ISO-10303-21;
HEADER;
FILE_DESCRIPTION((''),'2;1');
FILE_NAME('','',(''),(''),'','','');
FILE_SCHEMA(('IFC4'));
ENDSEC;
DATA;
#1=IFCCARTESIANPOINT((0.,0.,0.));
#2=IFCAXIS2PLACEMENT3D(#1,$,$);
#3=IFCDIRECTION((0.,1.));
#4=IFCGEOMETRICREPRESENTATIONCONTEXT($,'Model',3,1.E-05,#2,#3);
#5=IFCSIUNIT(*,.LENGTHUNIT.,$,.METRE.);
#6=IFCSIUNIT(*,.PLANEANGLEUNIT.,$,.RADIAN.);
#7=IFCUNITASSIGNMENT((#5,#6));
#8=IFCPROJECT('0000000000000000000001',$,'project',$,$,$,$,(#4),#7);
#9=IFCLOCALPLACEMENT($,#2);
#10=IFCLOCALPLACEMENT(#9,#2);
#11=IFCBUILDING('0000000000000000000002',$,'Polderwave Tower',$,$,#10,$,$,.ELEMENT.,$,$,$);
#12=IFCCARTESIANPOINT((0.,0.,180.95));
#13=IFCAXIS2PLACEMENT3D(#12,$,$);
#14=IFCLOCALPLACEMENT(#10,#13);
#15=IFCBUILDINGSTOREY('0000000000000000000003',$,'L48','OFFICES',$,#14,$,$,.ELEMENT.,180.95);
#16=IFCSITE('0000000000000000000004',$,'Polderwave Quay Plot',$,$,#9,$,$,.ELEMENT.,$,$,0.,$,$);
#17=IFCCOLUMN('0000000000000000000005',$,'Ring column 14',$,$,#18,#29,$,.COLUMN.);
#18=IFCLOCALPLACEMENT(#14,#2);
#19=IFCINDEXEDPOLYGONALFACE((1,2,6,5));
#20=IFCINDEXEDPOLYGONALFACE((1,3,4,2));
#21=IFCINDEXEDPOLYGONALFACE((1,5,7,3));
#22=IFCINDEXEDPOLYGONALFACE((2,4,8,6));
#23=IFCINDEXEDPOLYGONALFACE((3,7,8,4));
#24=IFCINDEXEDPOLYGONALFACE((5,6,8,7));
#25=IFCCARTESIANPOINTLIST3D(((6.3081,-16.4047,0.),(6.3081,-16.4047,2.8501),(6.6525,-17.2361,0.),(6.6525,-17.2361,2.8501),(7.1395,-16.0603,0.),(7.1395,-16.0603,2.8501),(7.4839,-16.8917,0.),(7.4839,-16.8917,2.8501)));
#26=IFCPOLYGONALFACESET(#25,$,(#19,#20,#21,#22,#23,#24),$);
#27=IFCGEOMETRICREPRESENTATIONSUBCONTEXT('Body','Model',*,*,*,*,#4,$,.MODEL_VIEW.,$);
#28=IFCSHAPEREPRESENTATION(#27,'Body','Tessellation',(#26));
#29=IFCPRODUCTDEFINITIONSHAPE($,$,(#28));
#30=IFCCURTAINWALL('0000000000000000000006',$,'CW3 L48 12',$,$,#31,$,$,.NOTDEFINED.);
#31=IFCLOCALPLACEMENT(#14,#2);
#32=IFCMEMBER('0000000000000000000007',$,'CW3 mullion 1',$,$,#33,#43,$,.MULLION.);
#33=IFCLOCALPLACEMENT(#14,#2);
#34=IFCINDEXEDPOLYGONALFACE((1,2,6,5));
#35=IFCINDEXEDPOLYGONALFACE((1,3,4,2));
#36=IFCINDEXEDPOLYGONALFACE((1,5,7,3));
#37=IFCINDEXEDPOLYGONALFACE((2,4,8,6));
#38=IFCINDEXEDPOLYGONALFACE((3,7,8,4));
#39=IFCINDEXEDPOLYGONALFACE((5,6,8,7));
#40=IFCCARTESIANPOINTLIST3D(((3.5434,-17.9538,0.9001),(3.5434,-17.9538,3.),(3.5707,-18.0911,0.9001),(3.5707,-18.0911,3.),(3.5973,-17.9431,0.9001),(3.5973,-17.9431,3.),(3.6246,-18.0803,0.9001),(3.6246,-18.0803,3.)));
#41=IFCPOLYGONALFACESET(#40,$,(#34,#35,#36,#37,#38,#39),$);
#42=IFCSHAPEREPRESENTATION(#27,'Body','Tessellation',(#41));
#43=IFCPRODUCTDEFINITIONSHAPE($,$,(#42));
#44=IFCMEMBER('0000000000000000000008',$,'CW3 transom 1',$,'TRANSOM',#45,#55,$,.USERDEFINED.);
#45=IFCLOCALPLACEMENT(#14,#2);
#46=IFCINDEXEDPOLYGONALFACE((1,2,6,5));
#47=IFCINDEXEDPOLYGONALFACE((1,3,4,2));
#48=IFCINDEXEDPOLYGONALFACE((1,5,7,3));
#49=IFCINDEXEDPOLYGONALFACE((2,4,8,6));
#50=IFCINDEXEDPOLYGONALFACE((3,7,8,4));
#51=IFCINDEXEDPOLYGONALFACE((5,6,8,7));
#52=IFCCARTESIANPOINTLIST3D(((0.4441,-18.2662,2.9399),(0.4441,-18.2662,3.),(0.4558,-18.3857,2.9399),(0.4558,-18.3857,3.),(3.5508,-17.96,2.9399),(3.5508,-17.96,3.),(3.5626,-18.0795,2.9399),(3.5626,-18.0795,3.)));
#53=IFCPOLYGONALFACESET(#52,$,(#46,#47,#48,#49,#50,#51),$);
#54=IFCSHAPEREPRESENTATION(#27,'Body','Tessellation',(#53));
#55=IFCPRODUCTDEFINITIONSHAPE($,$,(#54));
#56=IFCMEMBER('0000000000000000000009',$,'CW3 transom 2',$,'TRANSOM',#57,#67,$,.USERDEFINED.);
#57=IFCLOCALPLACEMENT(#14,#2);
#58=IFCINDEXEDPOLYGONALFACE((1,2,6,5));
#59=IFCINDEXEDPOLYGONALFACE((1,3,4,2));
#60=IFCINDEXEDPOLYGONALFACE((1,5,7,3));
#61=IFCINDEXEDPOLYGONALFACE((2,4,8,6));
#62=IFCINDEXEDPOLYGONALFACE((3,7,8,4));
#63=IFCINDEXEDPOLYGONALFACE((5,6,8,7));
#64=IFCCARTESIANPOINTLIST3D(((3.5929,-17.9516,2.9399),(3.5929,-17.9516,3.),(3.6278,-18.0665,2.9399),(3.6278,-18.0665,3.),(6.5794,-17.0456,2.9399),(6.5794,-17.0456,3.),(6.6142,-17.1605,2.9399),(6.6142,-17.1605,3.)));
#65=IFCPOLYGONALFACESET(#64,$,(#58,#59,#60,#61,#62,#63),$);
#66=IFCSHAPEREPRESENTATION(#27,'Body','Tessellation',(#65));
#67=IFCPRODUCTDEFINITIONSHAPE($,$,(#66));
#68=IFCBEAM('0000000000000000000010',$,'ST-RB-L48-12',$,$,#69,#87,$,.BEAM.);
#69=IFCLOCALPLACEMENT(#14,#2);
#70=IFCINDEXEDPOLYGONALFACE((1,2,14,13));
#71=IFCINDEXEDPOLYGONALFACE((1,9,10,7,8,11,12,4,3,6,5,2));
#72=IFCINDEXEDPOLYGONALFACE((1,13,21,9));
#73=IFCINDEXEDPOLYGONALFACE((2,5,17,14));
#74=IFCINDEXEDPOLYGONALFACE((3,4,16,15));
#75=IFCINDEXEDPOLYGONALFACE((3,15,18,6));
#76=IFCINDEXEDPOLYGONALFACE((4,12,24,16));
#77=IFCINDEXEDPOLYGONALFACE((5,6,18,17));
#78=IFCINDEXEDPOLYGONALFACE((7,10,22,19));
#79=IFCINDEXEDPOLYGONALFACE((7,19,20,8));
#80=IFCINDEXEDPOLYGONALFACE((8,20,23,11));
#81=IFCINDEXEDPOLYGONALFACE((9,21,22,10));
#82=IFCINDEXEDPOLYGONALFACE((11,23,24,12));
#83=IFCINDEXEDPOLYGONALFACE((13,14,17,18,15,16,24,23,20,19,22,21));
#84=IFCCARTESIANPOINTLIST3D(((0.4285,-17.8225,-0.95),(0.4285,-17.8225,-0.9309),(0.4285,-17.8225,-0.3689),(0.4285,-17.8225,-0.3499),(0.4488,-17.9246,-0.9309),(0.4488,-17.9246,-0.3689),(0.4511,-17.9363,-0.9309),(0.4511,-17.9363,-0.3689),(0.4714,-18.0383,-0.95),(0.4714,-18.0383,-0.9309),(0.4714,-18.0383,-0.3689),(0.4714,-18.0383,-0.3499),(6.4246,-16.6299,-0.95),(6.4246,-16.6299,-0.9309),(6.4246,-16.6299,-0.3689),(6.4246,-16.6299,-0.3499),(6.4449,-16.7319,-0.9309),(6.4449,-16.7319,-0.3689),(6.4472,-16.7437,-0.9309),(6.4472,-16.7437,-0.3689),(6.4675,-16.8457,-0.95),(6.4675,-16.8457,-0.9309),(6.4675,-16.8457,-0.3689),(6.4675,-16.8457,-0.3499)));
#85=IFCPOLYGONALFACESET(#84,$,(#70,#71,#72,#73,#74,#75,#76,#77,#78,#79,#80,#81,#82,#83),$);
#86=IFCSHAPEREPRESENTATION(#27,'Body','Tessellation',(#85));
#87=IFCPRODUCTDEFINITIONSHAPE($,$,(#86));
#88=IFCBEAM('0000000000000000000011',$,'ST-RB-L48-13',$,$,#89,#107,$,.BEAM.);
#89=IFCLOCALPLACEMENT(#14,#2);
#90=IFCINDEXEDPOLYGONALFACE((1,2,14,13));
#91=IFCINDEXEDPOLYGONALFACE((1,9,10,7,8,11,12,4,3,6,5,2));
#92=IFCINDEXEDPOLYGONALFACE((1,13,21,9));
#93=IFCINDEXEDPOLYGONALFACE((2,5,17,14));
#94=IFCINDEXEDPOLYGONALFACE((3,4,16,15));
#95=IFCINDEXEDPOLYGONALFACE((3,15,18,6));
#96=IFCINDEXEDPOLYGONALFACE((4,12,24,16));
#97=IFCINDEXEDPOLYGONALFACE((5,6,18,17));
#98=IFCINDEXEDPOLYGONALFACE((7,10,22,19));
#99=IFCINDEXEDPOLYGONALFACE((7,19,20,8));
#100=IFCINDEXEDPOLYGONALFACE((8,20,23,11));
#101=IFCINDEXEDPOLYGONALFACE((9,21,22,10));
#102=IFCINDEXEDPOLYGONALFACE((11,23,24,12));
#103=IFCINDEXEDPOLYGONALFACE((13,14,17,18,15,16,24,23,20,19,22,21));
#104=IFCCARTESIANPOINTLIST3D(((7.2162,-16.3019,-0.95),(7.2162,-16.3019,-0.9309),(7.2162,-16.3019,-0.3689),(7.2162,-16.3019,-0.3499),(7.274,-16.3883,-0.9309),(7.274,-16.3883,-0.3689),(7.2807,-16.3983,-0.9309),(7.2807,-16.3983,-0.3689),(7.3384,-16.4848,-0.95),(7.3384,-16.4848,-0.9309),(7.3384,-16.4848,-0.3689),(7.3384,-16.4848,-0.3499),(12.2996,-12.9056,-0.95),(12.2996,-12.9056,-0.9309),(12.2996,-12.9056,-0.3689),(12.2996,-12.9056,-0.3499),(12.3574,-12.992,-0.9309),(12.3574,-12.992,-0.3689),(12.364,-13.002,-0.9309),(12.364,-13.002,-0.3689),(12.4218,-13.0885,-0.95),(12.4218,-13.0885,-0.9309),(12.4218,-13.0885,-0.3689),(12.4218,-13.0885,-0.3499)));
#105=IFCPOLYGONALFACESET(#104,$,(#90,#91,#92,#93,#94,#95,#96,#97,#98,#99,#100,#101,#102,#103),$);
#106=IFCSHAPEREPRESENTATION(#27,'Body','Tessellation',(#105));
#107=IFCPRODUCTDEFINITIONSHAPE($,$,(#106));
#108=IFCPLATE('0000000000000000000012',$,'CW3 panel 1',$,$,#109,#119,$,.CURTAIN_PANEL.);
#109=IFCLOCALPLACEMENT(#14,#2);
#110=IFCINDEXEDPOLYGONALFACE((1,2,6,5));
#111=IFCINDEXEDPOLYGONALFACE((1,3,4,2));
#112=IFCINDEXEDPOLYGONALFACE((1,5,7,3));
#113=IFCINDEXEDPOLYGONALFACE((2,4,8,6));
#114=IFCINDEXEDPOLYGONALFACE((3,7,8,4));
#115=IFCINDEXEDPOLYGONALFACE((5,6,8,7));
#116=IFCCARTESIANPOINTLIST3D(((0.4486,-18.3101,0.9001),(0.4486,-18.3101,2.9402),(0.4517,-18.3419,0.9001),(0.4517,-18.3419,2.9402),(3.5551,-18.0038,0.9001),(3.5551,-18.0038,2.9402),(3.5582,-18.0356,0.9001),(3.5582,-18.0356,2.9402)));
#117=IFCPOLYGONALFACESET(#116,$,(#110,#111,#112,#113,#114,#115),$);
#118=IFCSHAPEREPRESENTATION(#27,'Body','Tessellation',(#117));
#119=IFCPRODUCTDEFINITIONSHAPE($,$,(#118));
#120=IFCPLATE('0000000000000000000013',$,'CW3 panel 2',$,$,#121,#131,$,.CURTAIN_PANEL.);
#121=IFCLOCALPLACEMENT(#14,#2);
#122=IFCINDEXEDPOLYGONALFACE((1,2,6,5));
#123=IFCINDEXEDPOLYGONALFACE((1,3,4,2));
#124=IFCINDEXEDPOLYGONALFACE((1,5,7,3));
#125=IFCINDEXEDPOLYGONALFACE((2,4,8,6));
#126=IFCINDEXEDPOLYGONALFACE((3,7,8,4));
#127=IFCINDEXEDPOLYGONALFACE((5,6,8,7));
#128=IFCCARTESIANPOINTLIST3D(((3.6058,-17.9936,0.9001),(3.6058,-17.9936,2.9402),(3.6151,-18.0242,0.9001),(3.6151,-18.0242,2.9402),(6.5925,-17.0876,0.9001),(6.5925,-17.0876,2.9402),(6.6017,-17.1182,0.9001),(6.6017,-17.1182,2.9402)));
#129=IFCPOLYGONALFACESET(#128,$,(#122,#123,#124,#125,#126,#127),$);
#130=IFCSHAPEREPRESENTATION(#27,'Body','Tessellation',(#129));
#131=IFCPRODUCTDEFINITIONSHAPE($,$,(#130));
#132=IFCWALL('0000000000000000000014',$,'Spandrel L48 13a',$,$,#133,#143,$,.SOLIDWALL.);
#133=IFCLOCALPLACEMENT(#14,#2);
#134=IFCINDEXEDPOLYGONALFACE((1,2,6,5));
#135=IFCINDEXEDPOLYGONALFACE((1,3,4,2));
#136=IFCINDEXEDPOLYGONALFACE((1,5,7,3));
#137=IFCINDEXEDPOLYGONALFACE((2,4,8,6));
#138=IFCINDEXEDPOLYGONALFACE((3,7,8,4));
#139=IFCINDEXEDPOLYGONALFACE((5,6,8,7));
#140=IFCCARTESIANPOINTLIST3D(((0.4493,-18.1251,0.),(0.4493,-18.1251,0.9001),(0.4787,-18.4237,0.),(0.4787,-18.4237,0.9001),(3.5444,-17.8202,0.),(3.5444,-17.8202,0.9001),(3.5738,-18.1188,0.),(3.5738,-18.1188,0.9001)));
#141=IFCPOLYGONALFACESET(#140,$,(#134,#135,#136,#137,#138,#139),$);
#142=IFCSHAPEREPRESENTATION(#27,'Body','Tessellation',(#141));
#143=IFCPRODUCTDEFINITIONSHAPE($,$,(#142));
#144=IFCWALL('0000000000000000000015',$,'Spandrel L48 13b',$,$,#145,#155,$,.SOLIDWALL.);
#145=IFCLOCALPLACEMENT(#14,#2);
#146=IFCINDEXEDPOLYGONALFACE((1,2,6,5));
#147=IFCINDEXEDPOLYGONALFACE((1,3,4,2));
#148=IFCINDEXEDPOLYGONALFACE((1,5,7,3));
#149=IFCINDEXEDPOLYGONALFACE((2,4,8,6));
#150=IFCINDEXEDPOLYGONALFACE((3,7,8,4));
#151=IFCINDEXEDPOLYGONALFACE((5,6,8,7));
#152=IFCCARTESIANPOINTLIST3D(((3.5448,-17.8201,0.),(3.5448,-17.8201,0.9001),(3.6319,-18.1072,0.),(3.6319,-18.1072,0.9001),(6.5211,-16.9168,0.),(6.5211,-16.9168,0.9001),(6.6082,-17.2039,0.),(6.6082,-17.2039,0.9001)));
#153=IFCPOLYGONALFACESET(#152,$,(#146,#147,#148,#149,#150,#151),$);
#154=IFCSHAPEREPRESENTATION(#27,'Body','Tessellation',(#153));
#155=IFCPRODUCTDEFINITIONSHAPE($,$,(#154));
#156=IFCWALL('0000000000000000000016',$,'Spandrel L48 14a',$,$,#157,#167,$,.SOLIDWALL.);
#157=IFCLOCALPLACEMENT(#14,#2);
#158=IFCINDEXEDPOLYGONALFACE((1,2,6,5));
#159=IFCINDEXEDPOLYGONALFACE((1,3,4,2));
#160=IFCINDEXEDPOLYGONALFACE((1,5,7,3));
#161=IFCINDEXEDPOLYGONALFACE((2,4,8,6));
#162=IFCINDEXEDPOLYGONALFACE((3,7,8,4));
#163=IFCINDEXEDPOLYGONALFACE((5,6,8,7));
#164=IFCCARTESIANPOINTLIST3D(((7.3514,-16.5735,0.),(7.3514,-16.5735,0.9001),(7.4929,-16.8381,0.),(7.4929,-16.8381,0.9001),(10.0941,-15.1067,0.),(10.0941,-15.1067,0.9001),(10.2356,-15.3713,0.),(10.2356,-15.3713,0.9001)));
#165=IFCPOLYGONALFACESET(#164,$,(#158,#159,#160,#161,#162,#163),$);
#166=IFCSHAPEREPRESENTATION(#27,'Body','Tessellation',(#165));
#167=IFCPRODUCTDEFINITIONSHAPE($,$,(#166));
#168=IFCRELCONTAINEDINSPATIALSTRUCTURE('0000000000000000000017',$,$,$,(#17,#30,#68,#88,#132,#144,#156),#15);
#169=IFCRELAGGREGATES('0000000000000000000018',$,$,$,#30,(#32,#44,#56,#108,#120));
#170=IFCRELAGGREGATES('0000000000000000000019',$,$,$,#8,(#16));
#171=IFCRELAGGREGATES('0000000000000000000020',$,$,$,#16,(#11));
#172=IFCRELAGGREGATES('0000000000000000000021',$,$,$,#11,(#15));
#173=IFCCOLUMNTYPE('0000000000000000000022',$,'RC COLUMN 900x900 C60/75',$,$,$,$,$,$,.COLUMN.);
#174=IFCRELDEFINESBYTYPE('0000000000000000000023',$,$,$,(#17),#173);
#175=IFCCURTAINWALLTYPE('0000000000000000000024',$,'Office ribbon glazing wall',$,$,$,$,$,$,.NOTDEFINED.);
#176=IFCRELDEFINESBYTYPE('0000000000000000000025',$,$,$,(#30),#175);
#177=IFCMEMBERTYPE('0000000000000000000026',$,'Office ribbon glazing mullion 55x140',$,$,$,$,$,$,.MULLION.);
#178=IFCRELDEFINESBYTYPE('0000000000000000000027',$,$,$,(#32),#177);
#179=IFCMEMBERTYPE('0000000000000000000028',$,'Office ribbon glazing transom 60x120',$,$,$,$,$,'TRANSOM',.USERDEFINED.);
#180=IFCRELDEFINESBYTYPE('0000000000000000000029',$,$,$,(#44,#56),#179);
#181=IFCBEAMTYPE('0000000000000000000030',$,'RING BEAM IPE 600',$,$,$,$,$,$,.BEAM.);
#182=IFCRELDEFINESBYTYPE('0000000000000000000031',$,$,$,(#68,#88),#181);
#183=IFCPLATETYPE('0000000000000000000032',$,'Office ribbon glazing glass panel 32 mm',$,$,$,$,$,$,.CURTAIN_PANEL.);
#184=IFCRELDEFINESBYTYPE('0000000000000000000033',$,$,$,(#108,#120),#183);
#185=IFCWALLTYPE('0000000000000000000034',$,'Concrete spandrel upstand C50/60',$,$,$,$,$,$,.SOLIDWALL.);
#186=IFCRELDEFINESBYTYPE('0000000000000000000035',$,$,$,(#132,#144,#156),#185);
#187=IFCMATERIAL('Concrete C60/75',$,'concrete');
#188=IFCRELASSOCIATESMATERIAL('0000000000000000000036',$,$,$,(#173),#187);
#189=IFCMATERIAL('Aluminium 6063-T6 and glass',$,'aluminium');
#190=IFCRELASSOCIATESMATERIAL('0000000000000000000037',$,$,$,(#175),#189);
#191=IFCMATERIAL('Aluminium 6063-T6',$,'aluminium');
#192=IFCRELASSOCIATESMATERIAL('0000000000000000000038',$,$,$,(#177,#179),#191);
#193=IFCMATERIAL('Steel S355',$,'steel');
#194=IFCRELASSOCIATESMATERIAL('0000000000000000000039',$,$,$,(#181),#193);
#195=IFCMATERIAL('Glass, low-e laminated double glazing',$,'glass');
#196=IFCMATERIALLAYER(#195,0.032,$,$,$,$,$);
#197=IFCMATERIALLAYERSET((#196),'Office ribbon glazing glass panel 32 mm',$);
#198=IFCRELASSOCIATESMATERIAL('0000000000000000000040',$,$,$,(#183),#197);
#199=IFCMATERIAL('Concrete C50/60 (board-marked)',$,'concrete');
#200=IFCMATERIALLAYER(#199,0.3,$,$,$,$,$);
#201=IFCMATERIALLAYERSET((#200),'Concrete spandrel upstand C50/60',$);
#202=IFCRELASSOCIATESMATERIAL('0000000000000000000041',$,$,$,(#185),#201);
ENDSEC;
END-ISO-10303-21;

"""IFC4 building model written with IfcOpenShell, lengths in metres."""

from ifc_helpers import new_model, si_unit, direction, frame, frame_2d, origin, origin_2d, place, context, subcontext, project, spatial, rectangle, i_section, extrude, material, layer, layer_set, material_profile, profile_set, type_object, element, aggregate, save


model = new_model("IFC4")

# Units and contexts
model_context = context("Model", 3, precision=1e-05, world=origin(), true_north=direction((0.0, 1.0)))
body_context = subcontext(model_context, "Body", "Model", "MODEL_VIEW")
ifc_project = project(units=[si_unit("LENGTHUNIT", "METRE"), si_unit("PLANEANGLEUNIT", "RADIAN")], contexts=[model_context])

# Site, building, storey
site_placement = place(None, origin())
site = spatial("IfcSite", under=ifc_project, at=site_placement, Name="Polderwave Quay Plot", CompositionType="ELEMENT", RefElevation=0.0)
building_placement = place(site_placement, origin())
building = spatial("IfcBuilding", under=site, at=building_placement, Name="Polderwave Tower", CompositionType="ELEMENT")
storey_placement = place(building_placement, frame((0.0, 0.0, 180.95)))
storey = spatial("IfcBuildingStorey", under=building, at=storey_placement, Name="L48", Description="OFFICES", CompositionType="ELEMENT", Elevation=180.95)

# Column
ifc_material_1 = material(Name="Concrete C60/75", Category="concrete")
ifc_material_profile_1 = material_profile(ifc_material_1, rectangle(XDim=0.8999, YDim=0.8999, at=origin_2d()), Name="RC 900x900")
ifc_profile_set_1 = profile_set([ifc_material_profile_1], Name="Concrete C60/75")
column_type = type_object("IfcColumnType", Name="RC COLUMN 900x900 C60/75", PredefinedType="COLUMN", material=ifc_profile_set_1)
column_placement = place(storey_placement, frame((6.896, -16.6482, 0.0), z_axis=(0.0, 0.0, 1.0), x_axis=(0.382683, -0.92388, 0.0)))
element("IfcColumn", 1, at=column_placement, inside=storey, type_object=column_type, Name="Ring column 14", PredefinedType="COLUMN", context=body_context, shape_type="SweptSolid", body=[
    extrude(rectangle(XDim=0.8999, YDim=0.8999, at=origin_2d()), origin(), (0.0, 0.0, 1.0), 2.8501),
])

# Curtain wall, members
ifc_material_2 = material(Name="Aluminium 6063-T6 and glass", Category="aluminium")
curtain_wall_type = type_object("IfcCurtainWallType", Name="Office ribbon glazing wall", PredefinedType="NOTDEFINED", material=ifc_material_2)
curtain_wall_placement = place(storey_placement, origin())
curtain_wall = element("IfcCurtainWall", 2, at=curtain_wall_placement, inside=storey, type_object=curtain_wall_type, Name="CW3 L48 12", PredefinedType="NOTDEFINED")
ifc_material_3 = material(Name="Aluminium 6063-T6", Category="aluminium")
ifc_material_profile_2 = material_profile(ifc_material_3, rectangle(XDim=0.1399, YDim=0.0549, at=origin_2d()), Name="AL 55x140")
ifc_profile_set_2 = profile_set([ifc_material_profile_2], Name="Aluminium 6063-T6")
member_type_1 = type_object("IfcMemberType", Name="Office ribbon glazing mullion 55x140", PredefinedType="MULLION", material=ifc_profile_set_2)
member_1_placement = place(storey_placement, frame((3.584, -18.0171, 0.9001), z_axis=(0.0, 0.0, 1.0), x_axis=(-0.195143, 0.980775, 0.0)))
member_1 = element("IfcMember", 3, at=member_1_placement, type_object=member_type_1, Name="CW3 mullion 1", PredefinedType="MULLION", context=body_context, shape_type="SweptSolid", body=[
    extrude(rectangle(XDim=0.1399, YDim=0.0549, at=origin_2d()), origin(), (0.0, 0.0, 1.0), 2.0999),
])
ifc_material_profile_3 = material_profile(ifc_material_3, rectangle(XDim=0.1201, YDim=0.0601, at=origin_2d()), Name="AL 60x120")
ifc_profile_set_3 = profile_set([ifc_material_profile_3], Name="Aluminium 6063-T6")
member_type_2 = type_object("IfcMemberType", Name="Office ribbon glazing transom 60x120", ElementType="TRANSOM", PredefinedType="USERDEFINED", material=ifc_profile_set_3)
member_2_placement = place(storey_placement, frame((0.45, -18.3259, 2.97), z_axis=(0.995179, 0.098071, 0.0), x_axis=(-0.098071, 0.995179, 0.0)))
member_2 = element("IfcMember", 4, at=member_2_placement, type_object=member_type_2, Name="CW3 transom 1", ObjectType="TRANSOM", PredefinedType="USERDEFINED", context=body_context, shape_type="SweptSolid", body=[
    extrude(rectangle(XDim=0.1201, YDim=0.0601, at=origin_2d()), origin(), (0.0, 0.0, 1.0), 3.1218),
])
member_3_placement = place(storey_placement, frame((3.6104, -18.009, 2.97), z_axis=(0.956937, 0.290296, 0.0), x_axis=(-0.290296, 0.956937, 0.0)))
member_3 = element("IfcMember", 5, at=member_3_placement, type_object=member_type_2, Name="CW3 transom 2", ObjectType="TRANSOM", PredefinedType="USERDEFINED", context=body_context, shape_type="SweptSolid", body=[
    extrude(rectangle(XDim=0.1201, YDim=0.0601, at=origin_2d()), origin(), (0.0, 0.0, 1.0), 3.1208),
])

# Beams
ifc_material_4 = material(Name="Steel S355", Category="steel")
ifc_material_profile_4 = material_profile(ifc_material_4, i_section(OverallWidth=0.22, OverallDepth=0.6001, WebThickness=0.012, FlangeThickness=0.019, at=origin_2d()), Name="IPE 600")
ifc_profile_set_4 = profile_set([ifc_material_profile_4], Name="Steel S355")
beam_type = type_object("IfcBeamType", Name="RING BEAM IPE 600", PredefinedType="BEAM", material=ifc_profile_set_4)
for number, where, z_axis, x_axis, name in (
    (6, (0.45, -17.9304, -0.6499), (0.980787, 0.195079, 0.0), (-0.195079, 0.980787, 0.0), "ST-RB-L48-12"),
    (7, (7.2773, -16.3933, -0.6499), (0.831491, 0.555539, 0.0), (-0.555539, 0.831491, 0.0), "ST-RB-L48-13"),
):
    element("IfcBeam", number, at=place(storey_placement, frame(where, z_axis=z_axis, x_axis=x_axis)), inside=storey, type_object=beam_type, Name=name, PredefinedType="BEAM", context=body_context, shape_type="SweptSolid", body=[
        extrude(i_section(OverallWidth=0.22, OverallDepth=0.6001, WebThickness=0.012, FlangeThickness=0.019, at=origin_2d()), origin(), (0.0, 0.0, 1.0), 6.1135),
    ])

# Plates
ifc_material_5 = material(Name="Glass, low-e laminated double glazing", Category="glass")
ifc_layer_1 = layer(ifc_material_5, 0.032)
ifc_layer_set_1 = layer_set([ifc_layer_1], Name="Office ribbon glazing glass panel 32 mm")
plate_type = type_object("IfcPlateType", Name="Office ribbon glazing glass panel 32 mm", PredefinedType="CURTAIN_PANEL", material=ifc_layer_set_1)
plate_1_placement = place(storey_placement, frame((2.0034, -18.1729, 0.9001), z_axis=(0.0, 0.0, 1.0), x_axis=(0.995175, 0.09812, 0.0)))
plate_1 = element("IfcPlate", 8, at=plate_1_placement, type_object=plate_type, Name="CW3 panel 1", PredefinedType="CURTAIN_PANEL", context=body_context, shape_type="SweptSolid", body=[
    extrude(rectangle(XDim=3.1216, YDim=0.032, at=origin_2d()), origin(), (0.0, 0.0, 1.0), 2.04),
])
plate_2_placement = place(storey_placement, frame((5.1038, -17.5559, 0.9001), z_axis=(0.0, 0.0, 1.0), x_axis=(0.956939, 0.29029, 0.0)))
plate_2 = element("IfcPlate", 9, at=plate_2_placement, type_object=plate_type, Name="CW3 panel 2", PredefinedType="CURTAIN_PANEL", context=body_context, shape_type="SweptSolid", body=[
    extrude(rectangle(XDim=3.1211, YDim=0.032, at=origin_2d()), origin(), (0.0, 0.0, 1.0), 2.04),
])
aggregate(curtain_wall, [member_1, member_2, member_3, plate_1, plate_2])

# Walls
ifc_material_6 = material(Name="Concrete C50/60 (board-marked)", Category="concrete")
ifc_layer_2 = layer(ifc_material_6, 0.3)
ifc_layer_set_2 = layer_set([ifc_layer_2], Name="Concrete spandrel upstand C50/60")
wall_type_1 = type_object("IfcWallType", Name="Concrete spandrel upstand C50/60", PredefinedType="SOLIDWALL", material=ifc_layer_set_2)
wall_1_placement = place(storey_placement, frame((0.4639, -18.2744, 0.0), z_axis=(0.0, 0.0, 1.0), x_axis=(0.995182, 0.098042, 0.0)))
element("IfcWall", 10, at=wall_1_placement, inside=storey, type_object=wall_type_1, Name="Spandrel L48 13a", PredefinedType="SOLIDWALL", context=body_context, shape_type="SweptSolid", body=[
    extrude(rectangle(XDim=3.1101, YDim=0.3, at=frame_2d((1.5552, 0.0))), origin(), (0.0, 0.0, 1.0), 0.9001),
])
for number, where, z_axis, x_axis, name in (
    (11, (3.5884, -17.9636, 0.0), (0.0, 0.0, 1.0), (0.956899, 0.290421, 0.0), "Spandrel L48 13b"),
    (12, (7.4221, -16.7058, 0.0), (0.0, 0.0, 1.0), (0.881813, 0.471598, 0.0), "Spandrel L48 14a"),
):
    element("IfcWall", number, at=place(storey_placement, frame(where, z_axis=z_axis, x_axis=x_axis)), inside=storey, type_object=wall_type_1, Name=name, PredefinedType="SOLIDWALL", context=body_context, shape_type="SweptSolid", body=[
        extrude(rectangle(XDim=3.1104, YDim=0.3, at=frame_2d((1.5552, 0.0))), origin(), (0.0, 0.0, 1.0), 0.9001),
    ])

save(model, "model.ifc")
